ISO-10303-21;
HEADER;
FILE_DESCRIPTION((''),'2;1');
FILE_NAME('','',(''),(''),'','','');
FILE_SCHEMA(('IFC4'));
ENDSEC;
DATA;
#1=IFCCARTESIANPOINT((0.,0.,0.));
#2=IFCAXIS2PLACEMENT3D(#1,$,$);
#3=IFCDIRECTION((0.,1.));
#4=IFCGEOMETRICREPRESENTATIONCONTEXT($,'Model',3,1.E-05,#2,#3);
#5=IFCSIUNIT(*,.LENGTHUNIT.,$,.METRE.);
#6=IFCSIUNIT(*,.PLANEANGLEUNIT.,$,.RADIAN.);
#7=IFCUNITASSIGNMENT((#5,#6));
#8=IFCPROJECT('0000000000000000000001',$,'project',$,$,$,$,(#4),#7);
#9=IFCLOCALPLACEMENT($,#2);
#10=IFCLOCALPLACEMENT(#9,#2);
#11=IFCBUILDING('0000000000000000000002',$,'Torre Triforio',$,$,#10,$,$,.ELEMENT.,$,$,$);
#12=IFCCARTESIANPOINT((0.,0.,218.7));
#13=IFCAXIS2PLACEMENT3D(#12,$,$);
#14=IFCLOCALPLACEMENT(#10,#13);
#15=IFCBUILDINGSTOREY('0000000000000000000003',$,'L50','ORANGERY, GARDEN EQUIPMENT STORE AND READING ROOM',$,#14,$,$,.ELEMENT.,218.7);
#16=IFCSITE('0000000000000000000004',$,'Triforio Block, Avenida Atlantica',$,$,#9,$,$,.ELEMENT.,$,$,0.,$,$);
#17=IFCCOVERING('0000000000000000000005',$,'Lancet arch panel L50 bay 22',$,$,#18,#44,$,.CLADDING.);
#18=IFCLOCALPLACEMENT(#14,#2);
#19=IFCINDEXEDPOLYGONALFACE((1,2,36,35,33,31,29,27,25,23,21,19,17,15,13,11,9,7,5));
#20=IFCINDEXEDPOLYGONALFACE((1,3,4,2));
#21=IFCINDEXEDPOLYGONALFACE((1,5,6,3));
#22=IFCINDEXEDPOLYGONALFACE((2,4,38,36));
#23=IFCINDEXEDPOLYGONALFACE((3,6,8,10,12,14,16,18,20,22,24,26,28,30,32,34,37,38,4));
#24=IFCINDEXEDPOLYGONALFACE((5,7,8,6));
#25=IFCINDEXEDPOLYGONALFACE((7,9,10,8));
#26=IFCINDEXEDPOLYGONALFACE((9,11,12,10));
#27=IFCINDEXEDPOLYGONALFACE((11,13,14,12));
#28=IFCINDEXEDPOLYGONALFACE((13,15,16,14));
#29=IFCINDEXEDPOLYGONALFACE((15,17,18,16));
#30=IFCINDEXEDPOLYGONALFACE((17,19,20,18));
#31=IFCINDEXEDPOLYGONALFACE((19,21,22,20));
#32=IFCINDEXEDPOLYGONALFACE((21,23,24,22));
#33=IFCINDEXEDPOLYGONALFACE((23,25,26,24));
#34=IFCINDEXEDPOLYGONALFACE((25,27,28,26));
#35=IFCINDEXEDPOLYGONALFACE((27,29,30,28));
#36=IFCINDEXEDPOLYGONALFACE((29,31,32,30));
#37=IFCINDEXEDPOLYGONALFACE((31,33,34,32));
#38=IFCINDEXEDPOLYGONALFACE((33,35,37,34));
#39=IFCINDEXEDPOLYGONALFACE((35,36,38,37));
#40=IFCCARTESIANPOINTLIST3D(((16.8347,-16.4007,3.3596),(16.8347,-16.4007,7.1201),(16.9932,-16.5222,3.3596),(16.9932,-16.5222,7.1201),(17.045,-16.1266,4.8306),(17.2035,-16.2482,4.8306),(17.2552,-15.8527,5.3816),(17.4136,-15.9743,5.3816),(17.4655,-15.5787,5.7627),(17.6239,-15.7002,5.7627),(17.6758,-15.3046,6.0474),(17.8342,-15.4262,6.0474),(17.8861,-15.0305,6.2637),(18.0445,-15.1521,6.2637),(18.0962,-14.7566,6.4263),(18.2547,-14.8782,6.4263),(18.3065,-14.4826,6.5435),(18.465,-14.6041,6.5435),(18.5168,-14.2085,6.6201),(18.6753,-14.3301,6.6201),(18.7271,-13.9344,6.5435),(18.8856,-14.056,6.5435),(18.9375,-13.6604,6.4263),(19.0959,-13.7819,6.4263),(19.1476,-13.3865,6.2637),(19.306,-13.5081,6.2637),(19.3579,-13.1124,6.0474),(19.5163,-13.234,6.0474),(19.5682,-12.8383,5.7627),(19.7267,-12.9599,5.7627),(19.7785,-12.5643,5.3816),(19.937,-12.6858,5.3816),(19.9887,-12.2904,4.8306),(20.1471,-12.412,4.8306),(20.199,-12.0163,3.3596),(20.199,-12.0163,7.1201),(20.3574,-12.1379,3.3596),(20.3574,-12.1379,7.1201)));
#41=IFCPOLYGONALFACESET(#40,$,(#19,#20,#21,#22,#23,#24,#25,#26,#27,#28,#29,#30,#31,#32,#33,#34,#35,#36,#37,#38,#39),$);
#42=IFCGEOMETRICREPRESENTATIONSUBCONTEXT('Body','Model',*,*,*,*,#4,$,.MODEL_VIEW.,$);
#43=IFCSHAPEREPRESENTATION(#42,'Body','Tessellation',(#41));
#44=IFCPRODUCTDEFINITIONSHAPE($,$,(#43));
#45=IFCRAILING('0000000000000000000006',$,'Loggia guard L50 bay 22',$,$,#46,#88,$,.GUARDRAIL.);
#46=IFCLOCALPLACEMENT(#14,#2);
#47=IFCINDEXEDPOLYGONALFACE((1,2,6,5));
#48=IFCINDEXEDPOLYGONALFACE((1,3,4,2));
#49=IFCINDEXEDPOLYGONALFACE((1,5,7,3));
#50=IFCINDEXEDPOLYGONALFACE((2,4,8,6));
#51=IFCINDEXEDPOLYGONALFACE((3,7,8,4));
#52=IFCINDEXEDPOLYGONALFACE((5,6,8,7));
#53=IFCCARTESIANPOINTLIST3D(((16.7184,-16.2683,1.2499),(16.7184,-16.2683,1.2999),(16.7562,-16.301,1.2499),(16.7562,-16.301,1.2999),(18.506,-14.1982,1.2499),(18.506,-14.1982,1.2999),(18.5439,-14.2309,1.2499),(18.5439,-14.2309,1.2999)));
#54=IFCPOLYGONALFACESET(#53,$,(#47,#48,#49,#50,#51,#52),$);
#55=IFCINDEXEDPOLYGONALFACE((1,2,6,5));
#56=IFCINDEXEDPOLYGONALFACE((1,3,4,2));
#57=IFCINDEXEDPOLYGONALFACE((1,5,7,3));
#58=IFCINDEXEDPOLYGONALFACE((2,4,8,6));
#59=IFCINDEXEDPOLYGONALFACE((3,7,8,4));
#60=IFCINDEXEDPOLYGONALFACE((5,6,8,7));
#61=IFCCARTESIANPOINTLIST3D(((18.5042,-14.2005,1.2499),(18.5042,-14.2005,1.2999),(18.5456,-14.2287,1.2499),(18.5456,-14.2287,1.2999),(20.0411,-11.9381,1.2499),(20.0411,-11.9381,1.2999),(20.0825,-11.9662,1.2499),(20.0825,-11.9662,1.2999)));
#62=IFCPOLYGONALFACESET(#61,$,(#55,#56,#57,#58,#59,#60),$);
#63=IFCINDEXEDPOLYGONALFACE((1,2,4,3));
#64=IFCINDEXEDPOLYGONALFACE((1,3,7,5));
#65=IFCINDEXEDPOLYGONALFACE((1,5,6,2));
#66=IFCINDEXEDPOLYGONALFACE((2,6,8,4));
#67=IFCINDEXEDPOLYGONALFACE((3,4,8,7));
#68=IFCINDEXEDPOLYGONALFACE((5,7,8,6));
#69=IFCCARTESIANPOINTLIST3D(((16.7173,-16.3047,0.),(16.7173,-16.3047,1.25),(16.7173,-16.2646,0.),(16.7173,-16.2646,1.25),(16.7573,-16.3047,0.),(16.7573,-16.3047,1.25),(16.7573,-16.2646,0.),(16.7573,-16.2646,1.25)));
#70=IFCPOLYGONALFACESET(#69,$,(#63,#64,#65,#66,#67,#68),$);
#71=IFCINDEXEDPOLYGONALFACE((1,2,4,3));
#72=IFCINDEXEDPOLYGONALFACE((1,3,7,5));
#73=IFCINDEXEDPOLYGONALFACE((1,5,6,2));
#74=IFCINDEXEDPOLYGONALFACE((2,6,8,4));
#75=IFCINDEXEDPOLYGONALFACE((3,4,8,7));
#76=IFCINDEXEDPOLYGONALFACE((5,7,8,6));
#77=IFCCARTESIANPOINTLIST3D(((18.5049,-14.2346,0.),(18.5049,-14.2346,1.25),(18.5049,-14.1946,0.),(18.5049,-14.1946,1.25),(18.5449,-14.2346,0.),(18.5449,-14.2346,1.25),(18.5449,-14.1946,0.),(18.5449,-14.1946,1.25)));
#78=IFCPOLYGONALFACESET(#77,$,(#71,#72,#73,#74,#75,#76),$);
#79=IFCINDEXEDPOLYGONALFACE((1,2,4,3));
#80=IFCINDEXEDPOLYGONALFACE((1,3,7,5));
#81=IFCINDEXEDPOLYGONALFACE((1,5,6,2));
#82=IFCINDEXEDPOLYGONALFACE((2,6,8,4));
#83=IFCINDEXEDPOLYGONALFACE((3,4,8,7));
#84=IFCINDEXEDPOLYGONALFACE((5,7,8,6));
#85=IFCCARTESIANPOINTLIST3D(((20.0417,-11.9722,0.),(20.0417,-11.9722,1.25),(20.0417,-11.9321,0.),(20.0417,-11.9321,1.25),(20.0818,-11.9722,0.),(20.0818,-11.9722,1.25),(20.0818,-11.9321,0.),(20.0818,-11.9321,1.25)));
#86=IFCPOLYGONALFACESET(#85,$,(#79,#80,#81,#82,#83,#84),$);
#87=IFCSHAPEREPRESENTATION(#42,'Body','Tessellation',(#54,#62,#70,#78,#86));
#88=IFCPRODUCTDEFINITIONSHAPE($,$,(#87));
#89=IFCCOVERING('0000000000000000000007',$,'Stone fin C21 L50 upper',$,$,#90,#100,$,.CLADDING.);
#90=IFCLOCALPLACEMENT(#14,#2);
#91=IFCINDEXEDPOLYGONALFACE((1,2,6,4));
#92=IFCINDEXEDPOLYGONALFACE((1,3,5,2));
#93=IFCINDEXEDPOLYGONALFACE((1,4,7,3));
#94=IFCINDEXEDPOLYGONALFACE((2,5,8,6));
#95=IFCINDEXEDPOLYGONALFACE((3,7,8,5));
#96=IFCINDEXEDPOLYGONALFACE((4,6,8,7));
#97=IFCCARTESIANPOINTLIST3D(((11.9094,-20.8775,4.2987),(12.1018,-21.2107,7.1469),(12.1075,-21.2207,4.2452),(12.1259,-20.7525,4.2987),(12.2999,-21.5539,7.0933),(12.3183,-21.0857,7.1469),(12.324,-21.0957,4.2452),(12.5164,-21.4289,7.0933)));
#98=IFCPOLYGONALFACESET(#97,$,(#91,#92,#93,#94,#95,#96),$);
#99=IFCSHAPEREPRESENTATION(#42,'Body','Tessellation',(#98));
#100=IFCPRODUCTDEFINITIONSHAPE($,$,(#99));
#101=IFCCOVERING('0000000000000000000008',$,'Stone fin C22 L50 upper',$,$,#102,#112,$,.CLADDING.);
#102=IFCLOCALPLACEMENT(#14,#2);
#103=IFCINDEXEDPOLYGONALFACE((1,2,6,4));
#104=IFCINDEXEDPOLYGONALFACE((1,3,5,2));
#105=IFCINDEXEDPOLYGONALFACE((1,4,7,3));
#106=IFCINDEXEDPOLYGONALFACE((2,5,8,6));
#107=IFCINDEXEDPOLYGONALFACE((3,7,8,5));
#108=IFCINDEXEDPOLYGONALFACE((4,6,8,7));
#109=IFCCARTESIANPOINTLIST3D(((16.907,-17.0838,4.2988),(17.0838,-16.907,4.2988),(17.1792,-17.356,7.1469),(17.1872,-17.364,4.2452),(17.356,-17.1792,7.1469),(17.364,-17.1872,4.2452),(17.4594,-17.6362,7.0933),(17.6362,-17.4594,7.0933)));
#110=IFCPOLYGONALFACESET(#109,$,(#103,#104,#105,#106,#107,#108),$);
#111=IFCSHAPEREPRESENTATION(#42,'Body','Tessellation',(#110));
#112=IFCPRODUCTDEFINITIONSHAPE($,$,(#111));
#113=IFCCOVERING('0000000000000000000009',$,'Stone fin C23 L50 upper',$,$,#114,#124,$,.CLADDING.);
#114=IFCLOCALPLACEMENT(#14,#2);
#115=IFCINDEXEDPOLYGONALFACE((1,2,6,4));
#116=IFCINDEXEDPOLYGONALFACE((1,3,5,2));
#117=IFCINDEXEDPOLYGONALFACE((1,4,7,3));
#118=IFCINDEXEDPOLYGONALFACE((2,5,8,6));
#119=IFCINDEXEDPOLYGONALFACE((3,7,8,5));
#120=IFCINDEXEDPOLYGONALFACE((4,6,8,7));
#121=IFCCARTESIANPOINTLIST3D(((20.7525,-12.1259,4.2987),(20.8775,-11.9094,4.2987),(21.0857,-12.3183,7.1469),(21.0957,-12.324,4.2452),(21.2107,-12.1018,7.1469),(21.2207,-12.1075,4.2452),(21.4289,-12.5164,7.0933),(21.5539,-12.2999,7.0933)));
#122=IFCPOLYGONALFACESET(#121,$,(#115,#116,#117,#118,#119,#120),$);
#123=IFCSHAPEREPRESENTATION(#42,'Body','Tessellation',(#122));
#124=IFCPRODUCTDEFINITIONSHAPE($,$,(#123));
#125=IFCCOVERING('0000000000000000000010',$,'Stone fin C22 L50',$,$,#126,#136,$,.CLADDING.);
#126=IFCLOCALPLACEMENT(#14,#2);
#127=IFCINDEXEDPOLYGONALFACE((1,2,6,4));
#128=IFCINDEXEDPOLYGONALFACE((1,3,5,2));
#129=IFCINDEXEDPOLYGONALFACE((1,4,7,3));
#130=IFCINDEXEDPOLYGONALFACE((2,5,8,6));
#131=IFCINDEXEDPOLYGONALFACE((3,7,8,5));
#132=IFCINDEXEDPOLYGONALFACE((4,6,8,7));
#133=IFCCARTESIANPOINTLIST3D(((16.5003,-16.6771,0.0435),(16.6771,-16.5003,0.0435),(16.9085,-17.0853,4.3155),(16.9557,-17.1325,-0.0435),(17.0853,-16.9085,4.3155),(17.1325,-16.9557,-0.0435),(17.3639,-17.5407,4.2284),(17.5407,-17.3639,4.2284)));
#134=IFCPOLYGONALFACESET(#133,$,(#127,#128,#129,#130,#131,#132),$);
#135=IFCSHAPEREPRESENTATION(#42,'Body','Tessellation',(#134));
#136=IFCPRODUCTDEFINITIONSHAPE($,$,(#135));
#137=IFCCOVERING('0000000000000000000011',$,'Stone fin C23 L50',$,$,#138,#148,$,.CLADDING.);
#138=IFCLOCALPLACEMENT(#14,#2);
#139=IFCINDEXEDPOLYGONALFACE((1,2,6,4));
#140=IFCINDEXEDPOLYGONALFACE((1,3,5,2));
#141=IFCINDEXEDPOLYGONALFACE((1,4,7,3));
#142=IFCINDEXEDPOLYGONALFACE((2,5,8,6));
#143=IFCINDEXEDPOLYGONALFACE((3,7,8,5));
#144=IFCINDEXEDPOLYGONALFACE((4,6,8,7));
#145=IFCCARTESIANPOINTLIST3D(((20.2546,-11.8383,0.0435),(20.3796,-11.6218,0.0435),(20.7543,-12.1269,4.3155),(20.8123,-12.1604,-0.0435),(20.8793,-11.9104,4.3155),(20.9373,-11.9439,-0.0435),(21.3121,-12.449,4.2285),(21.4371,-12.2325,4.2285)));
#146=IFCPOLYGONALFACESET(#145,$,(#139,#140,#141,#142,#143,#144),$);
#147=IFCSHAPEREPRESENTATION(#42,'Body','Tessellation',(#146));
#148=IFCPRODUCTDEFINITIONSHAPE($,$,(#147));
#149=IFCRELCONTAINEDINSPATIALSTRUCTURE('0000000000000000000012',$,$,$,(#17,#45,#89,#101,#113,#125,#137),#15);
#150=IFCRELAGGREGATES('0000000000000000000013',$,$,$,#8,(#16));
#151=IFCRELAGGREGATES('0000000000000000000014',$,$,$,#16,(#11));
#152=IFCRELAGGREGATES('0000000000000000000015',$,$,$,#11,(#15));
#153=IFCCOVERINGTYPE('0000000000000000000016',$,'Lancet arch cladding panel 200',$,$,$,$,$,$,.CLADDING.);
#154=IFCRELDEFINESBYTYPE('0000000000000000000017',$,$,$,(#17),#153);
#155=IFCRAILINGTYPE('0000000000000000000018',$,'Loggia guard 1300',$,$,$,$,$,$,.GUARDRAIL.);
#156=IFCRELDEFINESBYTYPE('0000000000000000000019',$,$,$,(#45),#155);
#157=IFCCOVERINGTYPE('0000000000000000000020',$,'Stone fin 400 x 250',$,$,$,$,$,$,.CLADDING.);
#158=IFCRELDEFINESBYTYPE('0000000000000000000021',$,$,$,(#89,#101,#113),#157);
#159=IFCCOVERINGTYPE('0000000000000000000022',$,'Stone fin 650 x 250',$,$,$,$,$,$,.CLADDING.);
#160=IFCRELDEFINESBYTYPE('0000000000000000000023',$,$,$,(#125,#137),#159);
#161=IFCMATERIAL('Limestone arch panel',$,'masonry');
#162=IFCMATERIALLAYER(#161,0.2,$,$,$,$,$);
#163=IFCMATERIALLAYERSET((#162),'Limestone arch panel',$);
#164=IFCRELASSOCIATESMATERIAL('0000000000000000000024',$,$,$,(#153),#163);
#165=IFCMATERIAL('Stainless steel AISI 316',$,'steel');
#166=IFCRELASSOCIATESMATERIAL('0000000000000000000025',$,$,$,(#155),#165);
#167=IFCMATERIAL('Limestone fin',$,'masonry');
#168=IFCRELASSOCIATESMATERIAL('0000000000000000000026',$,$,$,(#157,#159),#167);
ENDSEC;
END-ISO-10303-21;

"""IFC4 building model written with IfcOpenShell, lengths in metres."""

from ifc_helpers import new_model, si_unit, direction, frame, origin, origin_2d, place, context, subcontext, project, spatial, polyline, rectangle, outline, extrude, material, layer, layer_set, material_profile, profile_set, type_object, element, save


model = new_model("IFC4")

# Units and contexts
model_context = context("Model", 3, precision=1e-05, world=origin(), true_north=direction((0.0, 1.0)))
body_context = subcontext(model_context, "Body", "Model", "MODEL_VIEW")
ifc_project = project(units=[si_unit("LENGTHUNIT", "METRE"), si_unit("PLANEANGLEUNIT", "RADIAN")], contexts=[model_context])

# Site, building, storey
site_placement = place(None, origin())
site = spatial("IfcSite", under=ifc_project, at=site_placement, Name="Triforio Block, Avenida Atlantica", CompositionType="ELEMENT", RefElevation=0.0)
building_placement = place(site_placement, origin())
building = spatial("IfcBuilding", under=site, at=building_placement, Name="Torre Triforio", CompositionType="ELEMENT")
storey_placement = place(building_placement, frame((0.0, 0.0, 218.7)))
storey = spatial("IfcBuildingStorey", under=building, at=storey_placement, Name="L50", Description="ORANGERY, GARDEN EQUIPMENT STORE AND READING ROOM", CompositionType="ELEMENT", Elevation=218.7)

# Covering
ifc_material_1 = material(Name="Limestone arch panel", Category="masonry")
ifc_layer_1 = layer(ifc_material_1, 0.2)
ifc_layer_set_1 = layer_set([ifc_layer_1], Name="Limestone arch panel")
covering_type_1 = type_object("IfcCoveringType", Name="Lancet arch cladding panel 200", PredefinedType="CLADDING", material=ifc_layer_set_1)
for number, where, z_axis, x_axis, name in (
    (1, (18.5168, -14.2085, 0.0), (0.793351, -0.608765, 0.0), (0.608765, 0.793351, 0.0), "Lancet arch panel L50 bay 22"),
):
    element("IfcCovering", number, at=place(storey_placement, frame(where, z_axis=z_axis, x_axis=x_axis)), inside=storey, type_object=covering_type_1, Name=name, PredefinedType="CLADDING", context=body_context, shape_type="SweptSolid", body=[
        extrude(outline(polyline([(-2.7632, 7.1201), (-2.7632, 3.3596), (-2.4177, 4.8306), (-2.0725, 5.3816), (-1.7271, 5.7627), (-1.3816, 6.0474), (-1.0361, 6.2637), (-0.6909, 6.4263), (-0.3455, 6.5435), (0.0, 6.6201), (0.3455, 6.5435), (0.6909, 6.4263), (1.0361, 6.2637), (1.3816, 6.0474), (1.7271, 5.7627), (2.0725, 5.3816), (2.4177, 4.8306), (2.7632, 3.3596), (2.7632, 7.1201), (-2.7632, 7.1201)])), origin(), (0.0, 0.0, 1.0), 0.1997),
    ])

# Railing
ifc_material_2 = material(Name="Stainless steel AISI 316", Category="steel")
railing_type = type_object("IfcRailingType", Name="Loggia guard 1300", PredefinedType="GUARDRAIL", material=ifc_material_2)
railing_placement = place(storey_placement, frame((16.7373, -16.2847, 0.0)))
element("IfcRailing", 2, at=railing_placement, inside=storey, type_object=railing_type, Name="Loggia guard L50 bay 22", PredefinedType="GUARDRAIL", context=body_context, shape_type="SweptSolid", body=[
    extrude(rectangle(XDim=0.05, YDim=0.05, at=origin_2d()), frame((0.0, 0.0, 1.2749), z_axis=(0.65358, 0.756857, 0.0), x_axis=(-0.756857, 0.65358, 0.0)), (0.0, 0.0, 1.0), 2.7351),
    extrude(rectangle(XDim=0.05, YDim=0.05, at=origin_2d()), frame((1.7876, 2.0701, 1.2749), z_axis=(0.56191, 0.827199, 0.0), x_axis=(-0.827199, 0.56191, 0.0)), (0.0, 0.0, 1.0), 2.7351),
    extrude(rectangle(XDim=0.04, YDim=0.04, at=origin_2d()), origin(), (0.0, 0.0, 1.0), 1.25),
    extrude(rectangle(XDim=0.04, YDim=0.04, at=origin_2d()), frame((1.7876, 2.0701, 0.0)), (0.0, 0.0, 1.0), 1.25),
    extrude(rectangle(XDim=0.04, YDim=0.04, at=origin_2d()), frame((3.3245, 4.3325, 0.0)), (0.0, 0.0, 1.0), 1.25),
])

# Coverings
ifc_material_3 = material(Name="Limestone fin", Category="masonry")
ifc_material_profile_1 = material_profile(ifc_material_3, rectangle(XDim=0.3999, YDim=0.25, at=origin_2d()), Name="FIN 400x250")
ifc_profile_set_1 = profile_set([ifc_material_profile_1], Name="Limestone fin")
covering_type_2 = type_object("IfcCoveringType", Name="Stone fin 400 x 250", PredefinedType="CLADDING", material=ifc_profile_set_1)
for number, where, z_axis, x_axis, name in (
    (3, (12.1167, -20.9866, 4.272), (0.066939, -0.115953, 0.990997), (-0.495459, 0.858251, 0.133888), "Stone fin C21 L50 upper"),
    (4, (17.1355, -17.1355, 4.272), (0.094716, -0.094716, 0.990988), (-0.700735, 0.700735, 0.133948), "Stone fin C22 L50 upper"),
    (5, (20.9866, -12.1167, 4.272), (0.115953, -0.066939, 0.990997), (-0.858251, 0.495459, 0.133888), "Stone fin C23 L50 upper"),
):
    element("IfcCovering", number, at=place(storey_placement, frame(where, z_axis=z_axis, x_axis=x_axis)), inside=storey, type_object=covering_type_2, Name=name, PredefinedType="CLADDING", context=body_context, shape_type="SweptSolid", body=[
        extrude(rectangle(XDim=0.3999, YDim=0.25, at=origin_2d()), origin(), (0.0, 0.0, 1.0), 2.874),
    ])
ifc_material_profile_2 = material_profile(ifc_material_3, rectangle(XDim=0.6499, YDim=0.25, at=origin_2d()), Name="FIN 650x250")
ifc_profile_set_2 = profile_set([ifc_material_profile_2], Name="Limestone fin")
covering_type_3 = type_object("IfcCoveringType", Name="Stone fin 650 x 250", PredefinedType="CLADDING", material=ifc_profile_set_2)
for number, where, z_axis, x_axis, name in (
    (6, (16.8164, -16.8164, 0.0), (0.094693, -0.094693, 0.990993), (-0.700738, 0.700738, 0.133916), "Stone fin C22 L50"),
    (7, (20.5959, -11.8911, 0.0), (0.115932, -0.066943, 0.990999), (-0.8582, 0.495551, 0.133871), "Stone fin C23 L50"),
):
    element("IfcCovering", number, at=place(storey_placement, frame(where, z_axis=z_axis, x_axis=x_axis)), inside=storey, type_object=covering_type_3, Name=name, PredefinedType="CLADDING", context=body_context, shape_type="SweptSolid", body=[
        extrude(rectangle(XDim=0.6499, YDim=0.25, at=origin_2d()), origin(), (0.0, 0.0, 1.0), 4.3108),
    ])

save(model, "model.ifc")
